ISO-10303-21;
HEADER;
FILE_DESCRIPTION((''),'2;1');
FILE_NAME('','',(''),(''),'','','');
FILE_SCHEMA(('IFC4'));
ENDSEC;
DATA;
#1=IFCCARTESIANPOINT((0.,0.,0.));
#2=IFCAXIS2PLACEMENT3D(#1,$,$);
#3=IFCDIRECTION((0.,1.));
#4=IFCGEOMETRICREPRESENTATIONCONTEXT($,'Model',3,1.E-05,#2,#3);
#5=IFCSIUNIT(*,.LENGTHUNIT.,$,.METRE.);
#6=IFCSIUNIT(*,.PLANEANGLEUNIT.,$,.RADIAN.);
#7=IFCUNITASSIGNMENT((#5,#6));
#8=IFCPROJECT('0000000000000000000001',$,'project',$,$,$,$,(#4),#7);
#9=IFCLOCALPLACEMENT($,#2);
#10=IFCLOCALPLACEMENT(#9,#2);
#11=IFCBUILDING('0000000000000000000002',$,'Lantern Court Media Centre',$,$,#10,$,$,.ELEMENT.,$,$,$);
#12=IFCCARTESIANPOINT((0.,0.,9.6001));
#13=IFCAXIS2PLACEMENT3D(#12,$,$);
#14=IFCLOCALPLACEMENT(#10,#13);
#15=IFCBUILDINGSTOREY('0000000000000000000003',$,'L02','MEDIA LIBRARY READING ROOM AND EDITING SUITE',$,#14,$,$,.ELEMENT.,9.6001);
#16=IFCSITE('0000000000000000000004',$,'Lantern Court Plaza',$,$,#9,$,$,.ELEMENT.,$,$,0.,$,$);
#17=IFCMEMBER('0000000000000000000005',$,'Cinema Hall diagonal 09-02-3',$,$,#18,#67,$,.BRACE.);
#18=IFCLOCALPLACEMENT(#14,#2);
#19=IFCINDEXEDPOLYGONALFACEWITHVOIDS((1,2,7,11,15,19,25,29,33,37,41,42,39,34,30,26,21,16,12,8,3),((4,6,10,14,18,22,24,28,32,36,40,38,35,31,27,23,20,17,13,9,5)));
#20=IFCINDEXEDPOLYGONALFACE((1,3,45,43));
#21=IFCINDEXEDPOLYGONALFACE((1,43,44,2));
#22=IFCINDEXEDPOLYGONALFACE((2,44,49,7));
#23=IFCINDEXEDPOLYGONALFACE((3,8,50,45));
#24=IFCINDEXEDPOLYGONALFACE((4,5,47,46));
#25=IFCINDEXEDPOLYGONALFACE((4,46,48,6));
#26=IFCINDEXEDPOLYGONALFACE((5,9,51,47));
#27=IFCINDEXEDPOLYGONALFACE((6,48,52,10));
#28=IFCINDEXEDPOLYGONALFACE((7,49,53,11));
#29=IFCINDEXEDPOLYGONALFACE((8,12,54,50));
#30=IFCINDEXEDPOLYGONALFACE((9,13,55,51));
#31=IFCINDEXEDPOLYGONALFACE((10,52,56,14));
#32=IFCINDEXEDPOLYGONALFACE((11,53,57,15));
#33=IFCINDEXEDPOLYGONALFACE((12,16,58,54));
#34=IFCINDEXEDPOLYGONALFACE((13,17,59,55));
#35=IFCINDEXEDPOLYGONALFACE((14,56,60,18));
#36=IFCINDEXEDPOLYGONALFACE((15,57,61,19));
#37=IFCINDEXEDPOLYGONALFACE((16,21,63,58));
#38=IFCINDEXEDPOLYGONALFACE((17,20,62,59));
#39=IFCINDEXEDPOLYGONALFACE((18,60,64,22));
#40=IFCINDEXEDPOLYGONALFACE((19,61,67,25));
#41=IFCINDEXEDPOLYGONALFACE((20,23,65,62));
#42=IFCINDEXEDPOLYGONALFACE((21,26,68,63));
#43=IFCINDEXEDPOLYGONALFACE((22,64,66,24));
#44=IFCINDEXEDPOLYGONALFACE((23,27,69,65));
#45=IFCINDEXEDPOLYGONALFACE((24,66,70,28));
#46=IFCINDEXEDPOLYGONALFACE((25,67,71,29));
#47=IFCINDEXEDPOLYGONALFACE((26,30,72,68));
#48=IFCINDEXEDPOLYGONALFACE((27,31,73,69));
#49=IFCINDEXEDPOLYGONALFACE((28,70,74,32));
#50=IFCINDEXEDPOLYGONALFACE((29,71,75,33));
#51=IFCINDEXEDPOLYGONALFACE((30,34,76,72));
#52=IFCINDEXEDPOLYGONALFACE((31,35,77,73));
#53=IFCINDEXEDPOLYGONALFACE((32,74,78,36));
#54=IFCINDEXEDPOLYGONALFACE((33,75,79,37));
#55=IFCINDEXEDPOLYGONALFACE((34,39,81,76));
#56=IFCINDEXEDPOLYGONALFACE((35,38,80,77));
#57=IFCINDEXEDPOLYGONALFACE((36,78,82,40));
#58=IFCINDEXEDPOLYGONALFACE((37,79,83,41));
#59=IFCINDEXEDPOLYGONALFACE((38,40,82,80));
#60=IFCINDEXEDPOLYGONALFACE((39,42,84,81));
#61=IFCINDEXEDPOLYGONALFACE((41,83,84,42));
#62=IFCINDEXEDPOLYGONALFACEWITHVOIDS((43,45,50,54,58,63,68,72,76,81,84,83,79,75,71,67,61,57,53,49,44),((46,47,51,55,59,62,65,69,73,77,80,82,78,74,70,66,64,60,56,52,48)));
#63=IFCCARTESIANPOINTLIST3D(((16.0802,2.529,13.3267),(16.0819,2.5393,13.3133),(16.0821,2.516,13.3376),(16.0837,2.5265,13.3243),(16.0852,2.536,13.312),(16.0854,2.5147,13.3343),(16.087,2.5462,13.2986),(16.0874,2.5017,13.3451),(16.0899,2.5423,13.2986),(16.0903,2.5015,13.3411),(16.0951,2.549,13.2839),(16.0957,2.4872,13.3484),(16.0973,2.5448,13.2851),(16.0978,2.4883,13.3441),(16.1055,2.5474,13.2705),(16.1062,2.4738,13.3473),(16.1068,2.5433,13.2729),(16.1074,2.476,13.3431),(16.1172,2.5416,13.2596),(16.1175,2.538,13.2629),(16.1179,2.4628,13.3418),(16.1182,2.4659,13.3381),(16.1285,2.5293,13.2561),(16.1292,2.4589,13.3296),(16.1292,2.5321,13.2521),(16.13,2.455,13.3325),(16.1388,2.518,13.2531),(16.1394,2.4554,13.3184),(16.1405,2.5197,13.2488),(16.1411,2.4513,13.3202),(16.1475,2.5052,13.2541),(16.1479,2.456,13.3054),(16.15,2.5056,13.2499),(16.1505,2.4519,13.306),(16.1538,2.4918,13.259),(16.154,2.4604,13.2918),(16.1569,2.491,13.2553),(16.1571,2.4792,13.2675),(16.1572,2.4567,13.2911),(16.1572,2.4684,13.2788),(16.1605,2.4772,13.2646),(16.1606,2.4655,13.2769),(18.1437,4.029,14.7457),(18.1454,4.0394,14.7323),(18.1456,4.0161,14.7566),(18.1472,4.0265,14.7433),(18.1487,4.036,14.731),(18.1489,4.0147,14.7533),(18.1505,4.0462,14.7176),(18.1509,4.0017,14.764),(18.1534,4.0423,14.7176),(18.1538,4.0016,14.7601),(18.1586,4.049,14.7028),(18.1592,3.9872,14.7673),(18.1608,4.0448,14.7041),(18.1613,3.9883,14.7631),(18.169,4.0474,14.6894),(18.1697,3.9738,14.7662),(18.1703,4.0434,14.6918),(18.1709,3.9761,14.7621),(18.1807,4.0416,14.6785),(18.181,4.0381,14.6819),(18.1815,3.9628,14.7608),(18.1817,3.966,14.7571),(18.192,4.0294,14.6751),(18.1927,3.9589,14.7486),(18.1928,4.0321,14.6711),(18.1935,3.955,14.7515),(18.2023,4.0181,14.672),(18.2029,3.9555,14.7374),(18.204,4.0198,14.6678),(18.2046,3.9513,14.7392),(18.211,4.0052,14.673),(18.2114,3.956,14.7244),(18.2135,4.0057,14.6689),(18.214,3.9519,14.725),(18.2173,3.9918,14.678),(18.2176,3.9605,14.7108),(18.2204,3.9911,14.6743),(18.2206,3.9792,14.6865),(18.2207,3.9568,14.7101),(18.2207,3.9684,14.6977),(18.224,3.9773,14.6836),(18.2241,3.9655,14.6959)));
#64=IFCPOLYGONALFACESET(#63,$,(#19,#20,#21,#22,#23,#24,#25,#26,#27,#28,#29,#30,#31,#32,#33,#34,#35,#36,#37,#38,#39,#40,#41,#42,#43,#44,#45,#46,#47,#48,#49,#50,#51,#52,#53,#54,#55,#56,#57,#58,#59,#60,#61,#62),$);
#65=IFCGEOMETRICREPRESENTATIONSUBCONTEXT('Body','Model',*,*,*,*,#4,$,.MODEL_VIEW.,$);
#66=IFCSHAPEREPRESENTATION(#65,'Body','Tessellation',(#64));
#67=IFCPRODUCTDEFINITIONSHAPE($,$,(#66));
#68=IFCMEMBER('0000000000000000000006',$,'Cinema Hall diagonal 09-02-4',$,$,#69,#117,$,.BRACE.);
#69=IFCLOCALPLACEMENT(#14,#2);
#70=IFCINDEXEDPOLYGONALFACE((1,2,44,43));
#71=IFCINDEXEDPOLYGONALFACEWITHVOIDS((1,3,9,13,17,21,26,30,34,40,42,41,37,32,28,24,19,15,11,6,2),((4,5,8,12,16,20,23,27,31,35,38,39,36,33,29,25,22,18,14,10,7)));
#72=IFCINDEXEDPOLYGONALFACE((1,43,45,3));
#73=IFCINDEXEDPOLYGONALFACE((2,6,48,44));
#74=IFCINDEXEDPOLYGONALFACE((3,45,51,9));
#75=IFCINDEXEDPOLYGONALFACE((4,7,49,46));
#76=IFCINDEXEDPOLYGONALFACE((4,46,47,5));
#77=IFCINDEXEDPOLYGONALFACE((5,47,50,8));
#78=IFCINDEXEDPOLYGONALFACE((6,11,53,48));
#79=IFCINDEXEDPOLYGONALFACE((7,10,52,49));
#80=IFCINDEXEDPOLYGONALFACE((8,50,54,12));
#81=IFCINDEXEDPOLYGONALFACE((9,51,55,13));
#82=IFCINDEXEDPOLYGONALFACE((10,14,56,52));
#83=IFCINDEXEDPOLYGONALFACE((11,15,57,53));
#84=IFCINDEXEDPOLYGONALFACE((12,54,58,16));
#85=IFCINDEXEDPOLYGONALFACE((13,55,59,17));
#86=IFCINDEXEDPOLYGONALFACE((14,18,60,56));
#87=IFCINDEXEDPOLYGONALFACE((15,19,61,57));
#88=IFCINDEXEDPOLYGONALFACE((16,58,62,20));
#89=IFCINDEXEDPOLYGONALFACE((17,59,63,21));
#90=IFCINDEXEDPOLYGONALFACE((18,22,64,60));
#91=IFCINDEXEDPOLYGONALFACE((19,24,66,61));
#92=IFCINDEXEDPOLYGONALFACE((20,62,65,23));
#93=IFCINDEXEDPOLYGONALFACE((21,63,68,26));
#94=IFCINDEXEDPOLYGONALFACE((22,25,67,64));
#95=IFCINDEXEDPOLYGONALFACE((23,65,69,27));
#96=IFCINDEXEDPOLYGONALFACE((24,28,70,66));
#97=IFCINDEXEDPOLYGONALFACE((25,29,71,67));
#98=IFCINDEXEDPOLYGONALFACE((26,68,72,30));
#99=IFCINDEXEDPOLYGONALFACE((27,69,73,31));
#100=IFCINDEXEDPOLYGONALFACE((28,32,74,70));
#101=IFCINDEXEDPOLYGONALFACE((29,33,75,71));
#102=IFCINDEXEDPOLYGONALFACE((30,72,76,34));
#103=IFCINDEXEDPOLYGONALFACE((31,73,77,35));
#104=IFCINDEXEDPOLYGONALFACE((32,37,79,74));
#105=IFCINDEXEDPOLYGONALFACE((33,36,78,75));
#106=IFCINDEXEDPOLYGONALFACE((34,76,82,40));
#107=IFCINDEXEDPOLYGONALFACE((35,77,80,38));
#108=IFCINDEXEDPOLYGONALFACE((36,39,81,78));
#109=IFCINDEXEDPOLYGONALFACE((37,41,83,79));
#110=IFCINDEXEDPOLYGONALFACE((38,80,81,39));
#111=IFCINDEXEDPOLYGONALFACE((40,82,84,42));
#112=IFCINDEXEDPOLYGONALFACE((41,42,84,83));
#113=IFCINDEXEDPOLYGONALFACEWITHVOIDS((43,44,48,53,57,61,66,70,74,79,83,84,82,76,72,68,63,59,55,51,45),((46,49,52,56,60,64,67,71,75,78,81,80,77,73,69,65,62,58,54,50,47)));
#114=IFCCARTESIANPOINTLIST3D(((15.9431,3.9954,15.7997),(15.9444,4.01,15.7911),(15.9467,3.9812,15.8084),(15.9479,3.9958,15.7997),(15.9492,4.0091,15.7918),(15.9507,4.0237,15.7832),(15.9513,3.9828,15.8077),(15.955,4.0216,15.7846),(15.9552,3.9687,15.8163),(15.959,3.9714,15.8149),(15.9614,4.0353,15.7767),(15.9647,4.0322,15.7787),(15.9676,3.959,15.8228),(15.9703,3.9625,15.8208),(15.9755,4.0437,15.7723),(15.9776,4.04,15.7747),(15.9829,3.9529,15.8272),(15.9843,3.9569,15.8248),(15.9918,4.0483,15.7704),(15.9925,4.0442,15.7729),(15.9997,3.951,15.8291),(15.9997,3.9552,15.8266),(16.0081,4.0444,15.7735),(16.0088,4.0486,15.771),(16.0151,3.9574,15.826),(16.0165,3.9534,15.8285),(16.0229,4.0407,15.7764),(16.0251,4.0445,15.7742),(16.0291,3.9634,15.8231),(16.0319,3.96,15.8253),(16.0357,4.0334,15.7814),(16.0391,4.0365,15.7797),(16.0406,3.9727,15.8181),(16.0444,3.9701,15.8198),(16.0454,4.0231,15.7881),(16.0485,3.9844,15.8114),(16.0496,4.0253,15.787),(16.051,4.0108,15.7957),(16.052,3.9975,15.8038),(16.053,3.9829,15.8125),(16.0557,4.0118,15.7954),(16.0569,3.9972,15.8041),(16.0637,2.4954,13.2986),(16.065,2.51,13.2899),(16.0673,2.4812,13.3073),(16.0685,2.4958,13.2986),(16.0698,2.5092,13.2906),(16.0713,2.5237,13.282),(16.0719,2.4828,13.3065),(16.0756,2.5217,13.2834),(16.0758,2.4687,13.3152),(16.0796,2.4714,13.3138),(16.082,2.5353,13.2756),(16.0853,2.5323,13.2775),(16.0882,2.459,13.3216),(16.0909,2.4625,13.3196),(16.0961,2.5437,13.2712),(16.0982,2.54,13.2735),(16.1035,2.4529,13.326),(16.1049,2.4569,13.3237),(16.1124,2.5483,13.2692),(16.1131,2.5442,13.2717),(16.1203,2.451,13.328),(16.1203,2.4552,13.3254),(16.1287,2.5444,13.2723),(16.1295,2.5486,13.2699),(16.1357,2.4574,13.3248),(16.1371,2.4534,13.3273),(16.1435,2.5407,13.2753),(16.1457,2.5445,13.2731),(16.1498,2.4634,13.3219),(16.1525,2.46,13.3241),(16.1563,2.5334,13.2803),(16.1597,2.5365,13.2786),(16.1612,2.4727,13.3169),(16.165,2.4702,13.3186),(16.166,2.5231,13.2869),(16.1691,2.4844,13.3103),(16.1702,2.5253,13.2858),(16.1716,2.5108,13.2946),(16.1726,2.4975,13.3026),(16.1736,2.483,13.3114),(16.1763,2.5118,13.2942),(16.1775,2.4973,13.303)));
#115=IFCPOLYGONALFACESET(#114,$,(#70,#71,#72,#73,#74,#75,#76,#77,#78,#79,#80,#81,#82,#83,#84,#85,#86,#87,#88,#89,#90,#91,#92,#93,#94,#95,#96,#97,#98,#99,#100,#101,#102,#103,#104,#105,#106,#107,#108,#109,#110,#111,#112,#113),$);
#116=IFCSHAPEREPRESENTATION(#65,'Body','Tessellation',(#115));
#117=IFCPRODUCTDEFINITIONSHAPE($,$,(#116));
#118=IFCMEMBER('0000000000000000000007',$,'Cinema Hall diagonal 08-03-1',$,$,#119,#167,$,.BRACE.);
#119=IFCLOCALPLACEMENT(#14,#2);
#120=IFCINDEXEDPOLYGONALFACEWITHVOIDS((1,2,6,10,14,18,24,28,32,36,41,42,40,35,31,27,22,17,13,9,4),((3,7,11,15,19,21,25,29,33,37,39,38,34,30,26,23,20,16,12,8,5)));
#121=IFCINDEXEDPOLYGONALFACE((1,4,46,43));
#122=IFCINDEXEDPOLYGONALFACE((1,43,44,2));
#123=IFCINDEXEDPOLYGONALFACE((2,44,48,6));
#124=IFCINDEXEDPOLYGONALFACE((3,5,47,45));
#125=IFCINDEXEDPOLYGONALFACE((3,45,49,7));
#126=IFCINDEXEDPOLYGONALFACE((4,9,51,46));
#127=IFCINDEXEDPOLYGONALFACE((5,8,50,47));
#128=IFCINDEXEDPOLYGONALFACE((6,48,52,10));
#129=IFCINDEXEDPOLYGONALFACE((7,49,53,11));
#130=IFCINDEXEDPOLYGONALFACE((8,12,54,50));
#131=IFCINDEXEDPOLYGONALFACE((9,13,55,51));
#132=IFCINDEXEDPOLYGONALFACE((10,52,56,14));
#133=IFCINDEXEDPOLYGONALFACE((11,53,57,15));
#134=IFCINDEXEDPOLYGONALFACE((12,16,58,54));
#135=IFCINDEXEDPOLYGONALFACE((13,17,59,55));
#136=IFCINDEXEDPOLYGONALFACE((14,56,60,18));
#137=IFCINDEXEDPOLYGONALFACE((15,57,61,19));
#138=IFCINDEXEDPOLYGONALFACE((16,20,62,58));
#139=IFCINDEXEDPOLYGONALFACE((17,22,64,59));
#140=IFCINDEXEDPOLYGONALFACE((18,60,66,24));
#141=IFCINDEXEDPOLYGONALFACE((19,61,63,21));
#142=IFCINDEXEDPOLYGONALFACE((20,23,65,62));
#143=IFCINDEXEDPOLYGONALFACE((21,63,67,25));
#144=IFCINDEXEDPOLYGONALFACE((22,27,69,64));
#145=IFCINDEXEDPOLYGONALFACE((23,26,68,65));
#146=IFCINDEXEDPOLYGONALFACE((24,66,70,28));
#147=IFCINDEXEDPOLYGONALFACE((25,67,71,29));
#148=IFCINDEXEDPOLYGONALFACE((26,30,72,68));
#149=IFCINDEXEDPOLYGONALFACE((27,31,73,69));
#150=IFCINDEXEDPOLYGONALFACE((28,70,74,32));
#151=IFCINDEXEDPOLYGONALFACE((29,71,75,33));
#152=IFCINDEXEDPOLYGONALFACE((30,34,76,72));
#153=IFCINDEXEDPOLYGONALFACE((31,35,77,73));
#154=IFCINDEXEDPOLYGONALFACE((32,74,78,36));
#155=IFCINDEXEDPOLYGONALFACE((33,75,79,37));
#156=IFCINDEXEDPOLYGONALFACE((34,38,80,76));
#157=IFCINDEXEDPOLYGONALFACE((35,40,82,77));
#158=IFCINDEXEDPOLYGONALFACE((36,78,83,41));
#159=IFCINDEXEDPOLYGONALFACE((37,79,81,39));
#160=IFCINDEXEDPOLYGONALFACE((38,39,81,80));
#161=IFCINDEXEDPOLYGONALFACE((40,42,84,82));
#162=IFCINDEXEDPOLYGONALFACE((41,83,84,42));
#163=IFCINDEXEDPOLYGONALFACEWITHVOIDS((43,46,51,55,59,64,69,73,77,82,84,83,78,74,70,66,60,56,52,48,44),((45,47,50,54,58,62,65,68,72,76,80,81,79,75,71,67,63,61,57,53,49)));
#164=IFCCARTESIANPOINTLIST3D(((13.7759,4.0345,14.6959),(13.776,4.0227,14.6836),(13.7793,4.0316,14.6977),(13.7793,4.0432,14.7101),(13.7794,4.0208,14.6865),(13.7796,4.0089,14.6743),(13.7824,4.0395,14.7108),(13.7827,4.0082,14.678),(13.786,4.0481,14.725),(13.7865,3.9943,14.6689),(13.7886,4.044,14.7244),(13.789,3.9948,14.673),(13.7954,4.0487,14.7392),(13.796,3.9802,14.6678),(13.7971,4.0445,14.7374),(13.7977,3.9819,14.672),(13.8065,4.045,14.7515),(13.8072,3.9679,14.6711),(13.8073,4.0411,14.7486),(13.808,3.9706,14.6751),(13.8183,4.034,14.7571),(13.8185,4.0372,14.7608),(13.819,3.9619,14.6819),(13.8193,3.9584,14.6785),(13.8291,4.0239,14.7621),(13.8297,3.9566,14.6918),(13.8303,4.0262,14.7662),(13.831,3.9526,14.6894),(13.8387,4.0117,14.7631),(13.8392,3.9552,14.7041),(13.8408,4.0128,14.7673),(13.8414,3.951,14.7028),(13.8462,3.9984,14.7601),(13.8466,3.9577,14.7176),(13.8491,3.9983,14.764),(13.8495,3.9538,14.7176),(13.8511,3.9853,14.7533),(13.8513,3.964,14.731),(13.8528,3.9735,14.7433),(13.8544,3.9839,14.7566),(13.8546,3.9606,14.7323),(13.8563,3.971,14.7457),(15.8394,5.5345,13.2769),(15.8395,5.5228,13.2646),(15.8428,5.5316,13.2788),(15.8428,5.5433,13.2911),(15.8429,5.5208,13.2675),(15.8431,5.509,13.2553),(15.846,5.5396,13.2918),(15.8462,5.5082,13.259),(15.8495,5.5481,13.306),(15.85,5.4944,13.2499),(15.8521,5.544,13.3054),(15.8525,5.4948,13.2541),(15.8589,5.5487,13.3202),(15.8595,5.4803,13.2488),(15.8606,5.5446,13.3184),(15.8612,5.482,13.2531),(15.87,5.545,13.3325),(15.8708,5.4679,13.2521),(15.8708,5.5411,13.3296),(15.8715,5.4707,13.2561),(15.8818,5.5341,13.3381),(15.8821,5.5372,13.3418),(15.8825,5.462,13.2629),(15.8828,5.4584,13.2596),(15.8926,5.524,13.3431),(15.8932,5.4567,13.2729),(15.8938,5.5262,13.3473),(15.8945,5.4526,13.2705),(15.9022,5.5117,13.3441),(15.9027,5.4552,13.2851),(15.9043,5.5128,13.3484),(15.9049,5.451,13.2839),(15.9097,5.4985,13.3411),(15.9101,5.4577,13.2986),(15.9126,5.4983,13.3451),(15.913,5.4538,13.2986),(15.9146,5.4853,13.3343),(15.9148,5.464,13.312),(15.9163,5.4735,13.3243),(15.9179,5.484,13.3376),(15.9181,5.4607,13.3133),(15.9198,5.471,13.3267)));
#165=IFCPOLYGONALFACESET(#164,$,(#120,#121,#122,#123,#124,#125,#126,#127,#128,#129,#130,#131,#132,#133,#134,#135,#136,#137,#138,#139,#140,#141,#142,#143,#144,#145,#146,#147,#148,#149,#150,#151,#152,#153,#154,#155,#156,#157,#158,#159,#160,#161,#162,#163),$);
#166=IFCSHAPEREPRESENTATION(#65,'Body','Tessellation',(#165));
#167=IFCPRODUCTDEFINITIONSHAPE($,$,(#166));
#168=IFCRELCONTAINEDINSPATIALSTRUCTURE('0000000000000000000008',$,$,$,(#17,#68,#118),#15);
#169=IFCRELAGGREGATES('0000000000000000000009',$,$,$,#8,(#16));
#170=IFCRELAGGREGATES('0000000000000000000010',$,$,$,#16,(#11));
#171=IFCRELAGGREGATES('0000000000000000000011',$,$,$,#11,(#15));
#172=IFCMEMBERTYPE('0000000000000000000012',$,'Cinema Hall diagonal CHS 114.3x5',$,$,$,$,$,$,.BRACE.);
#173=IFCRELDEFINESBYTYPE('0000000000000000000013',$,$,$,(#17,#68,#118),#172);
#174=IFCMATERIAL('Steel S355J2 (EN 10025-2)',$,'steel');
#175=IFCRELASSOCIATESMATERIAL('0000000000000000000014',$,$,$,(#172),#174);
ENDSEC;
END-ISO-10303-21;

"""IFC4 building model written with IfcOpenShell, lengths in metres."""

from ifc_helpers import new_model, si_unit, direction, frame, origin, origin_2d, place, context, subcontext, project, spatial, hollow_circle, extrude, material, material_profile, profile_set, type_object, element, save


model = new_model("IFC4")

# Units and contexts
model_context = context("Model", 3, precision=1e-05, world=origin(), true_north=direction((0.0, 1.0)))
body_context = subcontext(model_context, "Body", "Model", "MODEL_VIEW")
ifc_project = project(units=[si_unit("LENGTHUNIT", "METRE"), si_unit("PLANEANGLEUNIT", "RADIAN")], contexts=[model_context])

# Site, building, storey
site_placement = place(None, origin())
site = spatial("IfcSite", under=ifc_project, at=site_placement, Name="Lantern Court Plaza", CompositionType="ELEMENT", RefElevation=0.0)
building_placement = place(site_placement, origin())
building = spatial("IfcBuilding", under=site, at=building_placement, Name="Lantern Court Media Centre", CompositionType="ELEMENT")
storey_placement = place(building_placement, frame((0.0, 0.0, 9.6001)))
storey = spatial("IfcBuildingStorey", under=building, at=storey_placement, Name="L02", Description="MEDIA LIBRARY READING ROOM AND EDITING SUITE", CompositionType="ELEMENT", Elevation=9.6001)

# Members
ifc_material = material(Name="Steel S355J2 (EN 10025-2)", Category="steel")
ifc_material_profile_1 = material_profile(ifc_material, hollow_circle(Radius=0.0571, WallThickness=0.0049, at=origin_2d()), Name="Cinema Hall diagonal CHS 114.3x5")
ifc_profile_set_1 = profile_set([ifc_material_profile_1], Name="Steel S355J2 (EN 10025-2)")
member_type_1 = type_object("IfcMemberType", Name="Cinema Hall diagonal CHS 114.3x5", PredefinedType="BRACE", material=ifc_profile_set_1)
for number, where, z_axis, x_axis, name in (
    (1, (16.1206, 2.5, 13.2986), (0.70688, 0.513851, 0.486084), (-0.58799, 0.808868, 0.0), "Cinema Hall diagonal 09-02-3"),
):
    element("IfcMember", number, at=place(storey_placement, frame(where, z_axis=z_axis, x_axis=x_axis)), inside=storey, type_object=member_type_1, Name=name, PredefinedType="BRACE", context=body_context, shape_type="SweptSolid", body=[
        extrude(hollow_circle(Radius=0.0571, WallThickness=0.0049, at=origin_2d()), origin(), (0.0, 0.0, 1.0), 2.9192),
    ])
member_1_placement = place(storey_placement, frame((16.1206, 2.5, 13.2986), z_axis=(-0.041317, 0.513872, 0.856871), x_axis=(-0.996783, -0.080145, 0.0)))
element("IfcMember", 2, at=member_1_placement, inside=storey, type_object=member_type_1, Name="Cinema Hall diagonal 09-02-4", PredefinedType="BRACE", context=body_context, shape_type="SweptSolid", body=[
    extrude(hollow_circle(Radius=0.0571, WallThickness=0.0049, at=origin_2d()), origin(), (0.0, 0.0, 1.0), 2.9189),
])
member_2_placement = place(storey_placement, frame((15.8794, 5.5, 13.2986), z_axis=(-0.70688, -0.513851, 0.486084), x_axis=(0.58799, -0.808868, 0.0)))
element("IfcMember", 3, at=member_2_placement, inside=storey, type_object=member_type_1, Name="Cinema Hall diagonal 08-03-1", PredefinedType="BRACE", context=body_context, shape_type="SweptSolid", body=[
    extrude(hollow_circle(Radius=0.0571, WallThickness=0.0049, at=origin_2d()), origin(), (0.0, 0.0, 1.0), 2.9192),
])

save(model, "model.ifc")
